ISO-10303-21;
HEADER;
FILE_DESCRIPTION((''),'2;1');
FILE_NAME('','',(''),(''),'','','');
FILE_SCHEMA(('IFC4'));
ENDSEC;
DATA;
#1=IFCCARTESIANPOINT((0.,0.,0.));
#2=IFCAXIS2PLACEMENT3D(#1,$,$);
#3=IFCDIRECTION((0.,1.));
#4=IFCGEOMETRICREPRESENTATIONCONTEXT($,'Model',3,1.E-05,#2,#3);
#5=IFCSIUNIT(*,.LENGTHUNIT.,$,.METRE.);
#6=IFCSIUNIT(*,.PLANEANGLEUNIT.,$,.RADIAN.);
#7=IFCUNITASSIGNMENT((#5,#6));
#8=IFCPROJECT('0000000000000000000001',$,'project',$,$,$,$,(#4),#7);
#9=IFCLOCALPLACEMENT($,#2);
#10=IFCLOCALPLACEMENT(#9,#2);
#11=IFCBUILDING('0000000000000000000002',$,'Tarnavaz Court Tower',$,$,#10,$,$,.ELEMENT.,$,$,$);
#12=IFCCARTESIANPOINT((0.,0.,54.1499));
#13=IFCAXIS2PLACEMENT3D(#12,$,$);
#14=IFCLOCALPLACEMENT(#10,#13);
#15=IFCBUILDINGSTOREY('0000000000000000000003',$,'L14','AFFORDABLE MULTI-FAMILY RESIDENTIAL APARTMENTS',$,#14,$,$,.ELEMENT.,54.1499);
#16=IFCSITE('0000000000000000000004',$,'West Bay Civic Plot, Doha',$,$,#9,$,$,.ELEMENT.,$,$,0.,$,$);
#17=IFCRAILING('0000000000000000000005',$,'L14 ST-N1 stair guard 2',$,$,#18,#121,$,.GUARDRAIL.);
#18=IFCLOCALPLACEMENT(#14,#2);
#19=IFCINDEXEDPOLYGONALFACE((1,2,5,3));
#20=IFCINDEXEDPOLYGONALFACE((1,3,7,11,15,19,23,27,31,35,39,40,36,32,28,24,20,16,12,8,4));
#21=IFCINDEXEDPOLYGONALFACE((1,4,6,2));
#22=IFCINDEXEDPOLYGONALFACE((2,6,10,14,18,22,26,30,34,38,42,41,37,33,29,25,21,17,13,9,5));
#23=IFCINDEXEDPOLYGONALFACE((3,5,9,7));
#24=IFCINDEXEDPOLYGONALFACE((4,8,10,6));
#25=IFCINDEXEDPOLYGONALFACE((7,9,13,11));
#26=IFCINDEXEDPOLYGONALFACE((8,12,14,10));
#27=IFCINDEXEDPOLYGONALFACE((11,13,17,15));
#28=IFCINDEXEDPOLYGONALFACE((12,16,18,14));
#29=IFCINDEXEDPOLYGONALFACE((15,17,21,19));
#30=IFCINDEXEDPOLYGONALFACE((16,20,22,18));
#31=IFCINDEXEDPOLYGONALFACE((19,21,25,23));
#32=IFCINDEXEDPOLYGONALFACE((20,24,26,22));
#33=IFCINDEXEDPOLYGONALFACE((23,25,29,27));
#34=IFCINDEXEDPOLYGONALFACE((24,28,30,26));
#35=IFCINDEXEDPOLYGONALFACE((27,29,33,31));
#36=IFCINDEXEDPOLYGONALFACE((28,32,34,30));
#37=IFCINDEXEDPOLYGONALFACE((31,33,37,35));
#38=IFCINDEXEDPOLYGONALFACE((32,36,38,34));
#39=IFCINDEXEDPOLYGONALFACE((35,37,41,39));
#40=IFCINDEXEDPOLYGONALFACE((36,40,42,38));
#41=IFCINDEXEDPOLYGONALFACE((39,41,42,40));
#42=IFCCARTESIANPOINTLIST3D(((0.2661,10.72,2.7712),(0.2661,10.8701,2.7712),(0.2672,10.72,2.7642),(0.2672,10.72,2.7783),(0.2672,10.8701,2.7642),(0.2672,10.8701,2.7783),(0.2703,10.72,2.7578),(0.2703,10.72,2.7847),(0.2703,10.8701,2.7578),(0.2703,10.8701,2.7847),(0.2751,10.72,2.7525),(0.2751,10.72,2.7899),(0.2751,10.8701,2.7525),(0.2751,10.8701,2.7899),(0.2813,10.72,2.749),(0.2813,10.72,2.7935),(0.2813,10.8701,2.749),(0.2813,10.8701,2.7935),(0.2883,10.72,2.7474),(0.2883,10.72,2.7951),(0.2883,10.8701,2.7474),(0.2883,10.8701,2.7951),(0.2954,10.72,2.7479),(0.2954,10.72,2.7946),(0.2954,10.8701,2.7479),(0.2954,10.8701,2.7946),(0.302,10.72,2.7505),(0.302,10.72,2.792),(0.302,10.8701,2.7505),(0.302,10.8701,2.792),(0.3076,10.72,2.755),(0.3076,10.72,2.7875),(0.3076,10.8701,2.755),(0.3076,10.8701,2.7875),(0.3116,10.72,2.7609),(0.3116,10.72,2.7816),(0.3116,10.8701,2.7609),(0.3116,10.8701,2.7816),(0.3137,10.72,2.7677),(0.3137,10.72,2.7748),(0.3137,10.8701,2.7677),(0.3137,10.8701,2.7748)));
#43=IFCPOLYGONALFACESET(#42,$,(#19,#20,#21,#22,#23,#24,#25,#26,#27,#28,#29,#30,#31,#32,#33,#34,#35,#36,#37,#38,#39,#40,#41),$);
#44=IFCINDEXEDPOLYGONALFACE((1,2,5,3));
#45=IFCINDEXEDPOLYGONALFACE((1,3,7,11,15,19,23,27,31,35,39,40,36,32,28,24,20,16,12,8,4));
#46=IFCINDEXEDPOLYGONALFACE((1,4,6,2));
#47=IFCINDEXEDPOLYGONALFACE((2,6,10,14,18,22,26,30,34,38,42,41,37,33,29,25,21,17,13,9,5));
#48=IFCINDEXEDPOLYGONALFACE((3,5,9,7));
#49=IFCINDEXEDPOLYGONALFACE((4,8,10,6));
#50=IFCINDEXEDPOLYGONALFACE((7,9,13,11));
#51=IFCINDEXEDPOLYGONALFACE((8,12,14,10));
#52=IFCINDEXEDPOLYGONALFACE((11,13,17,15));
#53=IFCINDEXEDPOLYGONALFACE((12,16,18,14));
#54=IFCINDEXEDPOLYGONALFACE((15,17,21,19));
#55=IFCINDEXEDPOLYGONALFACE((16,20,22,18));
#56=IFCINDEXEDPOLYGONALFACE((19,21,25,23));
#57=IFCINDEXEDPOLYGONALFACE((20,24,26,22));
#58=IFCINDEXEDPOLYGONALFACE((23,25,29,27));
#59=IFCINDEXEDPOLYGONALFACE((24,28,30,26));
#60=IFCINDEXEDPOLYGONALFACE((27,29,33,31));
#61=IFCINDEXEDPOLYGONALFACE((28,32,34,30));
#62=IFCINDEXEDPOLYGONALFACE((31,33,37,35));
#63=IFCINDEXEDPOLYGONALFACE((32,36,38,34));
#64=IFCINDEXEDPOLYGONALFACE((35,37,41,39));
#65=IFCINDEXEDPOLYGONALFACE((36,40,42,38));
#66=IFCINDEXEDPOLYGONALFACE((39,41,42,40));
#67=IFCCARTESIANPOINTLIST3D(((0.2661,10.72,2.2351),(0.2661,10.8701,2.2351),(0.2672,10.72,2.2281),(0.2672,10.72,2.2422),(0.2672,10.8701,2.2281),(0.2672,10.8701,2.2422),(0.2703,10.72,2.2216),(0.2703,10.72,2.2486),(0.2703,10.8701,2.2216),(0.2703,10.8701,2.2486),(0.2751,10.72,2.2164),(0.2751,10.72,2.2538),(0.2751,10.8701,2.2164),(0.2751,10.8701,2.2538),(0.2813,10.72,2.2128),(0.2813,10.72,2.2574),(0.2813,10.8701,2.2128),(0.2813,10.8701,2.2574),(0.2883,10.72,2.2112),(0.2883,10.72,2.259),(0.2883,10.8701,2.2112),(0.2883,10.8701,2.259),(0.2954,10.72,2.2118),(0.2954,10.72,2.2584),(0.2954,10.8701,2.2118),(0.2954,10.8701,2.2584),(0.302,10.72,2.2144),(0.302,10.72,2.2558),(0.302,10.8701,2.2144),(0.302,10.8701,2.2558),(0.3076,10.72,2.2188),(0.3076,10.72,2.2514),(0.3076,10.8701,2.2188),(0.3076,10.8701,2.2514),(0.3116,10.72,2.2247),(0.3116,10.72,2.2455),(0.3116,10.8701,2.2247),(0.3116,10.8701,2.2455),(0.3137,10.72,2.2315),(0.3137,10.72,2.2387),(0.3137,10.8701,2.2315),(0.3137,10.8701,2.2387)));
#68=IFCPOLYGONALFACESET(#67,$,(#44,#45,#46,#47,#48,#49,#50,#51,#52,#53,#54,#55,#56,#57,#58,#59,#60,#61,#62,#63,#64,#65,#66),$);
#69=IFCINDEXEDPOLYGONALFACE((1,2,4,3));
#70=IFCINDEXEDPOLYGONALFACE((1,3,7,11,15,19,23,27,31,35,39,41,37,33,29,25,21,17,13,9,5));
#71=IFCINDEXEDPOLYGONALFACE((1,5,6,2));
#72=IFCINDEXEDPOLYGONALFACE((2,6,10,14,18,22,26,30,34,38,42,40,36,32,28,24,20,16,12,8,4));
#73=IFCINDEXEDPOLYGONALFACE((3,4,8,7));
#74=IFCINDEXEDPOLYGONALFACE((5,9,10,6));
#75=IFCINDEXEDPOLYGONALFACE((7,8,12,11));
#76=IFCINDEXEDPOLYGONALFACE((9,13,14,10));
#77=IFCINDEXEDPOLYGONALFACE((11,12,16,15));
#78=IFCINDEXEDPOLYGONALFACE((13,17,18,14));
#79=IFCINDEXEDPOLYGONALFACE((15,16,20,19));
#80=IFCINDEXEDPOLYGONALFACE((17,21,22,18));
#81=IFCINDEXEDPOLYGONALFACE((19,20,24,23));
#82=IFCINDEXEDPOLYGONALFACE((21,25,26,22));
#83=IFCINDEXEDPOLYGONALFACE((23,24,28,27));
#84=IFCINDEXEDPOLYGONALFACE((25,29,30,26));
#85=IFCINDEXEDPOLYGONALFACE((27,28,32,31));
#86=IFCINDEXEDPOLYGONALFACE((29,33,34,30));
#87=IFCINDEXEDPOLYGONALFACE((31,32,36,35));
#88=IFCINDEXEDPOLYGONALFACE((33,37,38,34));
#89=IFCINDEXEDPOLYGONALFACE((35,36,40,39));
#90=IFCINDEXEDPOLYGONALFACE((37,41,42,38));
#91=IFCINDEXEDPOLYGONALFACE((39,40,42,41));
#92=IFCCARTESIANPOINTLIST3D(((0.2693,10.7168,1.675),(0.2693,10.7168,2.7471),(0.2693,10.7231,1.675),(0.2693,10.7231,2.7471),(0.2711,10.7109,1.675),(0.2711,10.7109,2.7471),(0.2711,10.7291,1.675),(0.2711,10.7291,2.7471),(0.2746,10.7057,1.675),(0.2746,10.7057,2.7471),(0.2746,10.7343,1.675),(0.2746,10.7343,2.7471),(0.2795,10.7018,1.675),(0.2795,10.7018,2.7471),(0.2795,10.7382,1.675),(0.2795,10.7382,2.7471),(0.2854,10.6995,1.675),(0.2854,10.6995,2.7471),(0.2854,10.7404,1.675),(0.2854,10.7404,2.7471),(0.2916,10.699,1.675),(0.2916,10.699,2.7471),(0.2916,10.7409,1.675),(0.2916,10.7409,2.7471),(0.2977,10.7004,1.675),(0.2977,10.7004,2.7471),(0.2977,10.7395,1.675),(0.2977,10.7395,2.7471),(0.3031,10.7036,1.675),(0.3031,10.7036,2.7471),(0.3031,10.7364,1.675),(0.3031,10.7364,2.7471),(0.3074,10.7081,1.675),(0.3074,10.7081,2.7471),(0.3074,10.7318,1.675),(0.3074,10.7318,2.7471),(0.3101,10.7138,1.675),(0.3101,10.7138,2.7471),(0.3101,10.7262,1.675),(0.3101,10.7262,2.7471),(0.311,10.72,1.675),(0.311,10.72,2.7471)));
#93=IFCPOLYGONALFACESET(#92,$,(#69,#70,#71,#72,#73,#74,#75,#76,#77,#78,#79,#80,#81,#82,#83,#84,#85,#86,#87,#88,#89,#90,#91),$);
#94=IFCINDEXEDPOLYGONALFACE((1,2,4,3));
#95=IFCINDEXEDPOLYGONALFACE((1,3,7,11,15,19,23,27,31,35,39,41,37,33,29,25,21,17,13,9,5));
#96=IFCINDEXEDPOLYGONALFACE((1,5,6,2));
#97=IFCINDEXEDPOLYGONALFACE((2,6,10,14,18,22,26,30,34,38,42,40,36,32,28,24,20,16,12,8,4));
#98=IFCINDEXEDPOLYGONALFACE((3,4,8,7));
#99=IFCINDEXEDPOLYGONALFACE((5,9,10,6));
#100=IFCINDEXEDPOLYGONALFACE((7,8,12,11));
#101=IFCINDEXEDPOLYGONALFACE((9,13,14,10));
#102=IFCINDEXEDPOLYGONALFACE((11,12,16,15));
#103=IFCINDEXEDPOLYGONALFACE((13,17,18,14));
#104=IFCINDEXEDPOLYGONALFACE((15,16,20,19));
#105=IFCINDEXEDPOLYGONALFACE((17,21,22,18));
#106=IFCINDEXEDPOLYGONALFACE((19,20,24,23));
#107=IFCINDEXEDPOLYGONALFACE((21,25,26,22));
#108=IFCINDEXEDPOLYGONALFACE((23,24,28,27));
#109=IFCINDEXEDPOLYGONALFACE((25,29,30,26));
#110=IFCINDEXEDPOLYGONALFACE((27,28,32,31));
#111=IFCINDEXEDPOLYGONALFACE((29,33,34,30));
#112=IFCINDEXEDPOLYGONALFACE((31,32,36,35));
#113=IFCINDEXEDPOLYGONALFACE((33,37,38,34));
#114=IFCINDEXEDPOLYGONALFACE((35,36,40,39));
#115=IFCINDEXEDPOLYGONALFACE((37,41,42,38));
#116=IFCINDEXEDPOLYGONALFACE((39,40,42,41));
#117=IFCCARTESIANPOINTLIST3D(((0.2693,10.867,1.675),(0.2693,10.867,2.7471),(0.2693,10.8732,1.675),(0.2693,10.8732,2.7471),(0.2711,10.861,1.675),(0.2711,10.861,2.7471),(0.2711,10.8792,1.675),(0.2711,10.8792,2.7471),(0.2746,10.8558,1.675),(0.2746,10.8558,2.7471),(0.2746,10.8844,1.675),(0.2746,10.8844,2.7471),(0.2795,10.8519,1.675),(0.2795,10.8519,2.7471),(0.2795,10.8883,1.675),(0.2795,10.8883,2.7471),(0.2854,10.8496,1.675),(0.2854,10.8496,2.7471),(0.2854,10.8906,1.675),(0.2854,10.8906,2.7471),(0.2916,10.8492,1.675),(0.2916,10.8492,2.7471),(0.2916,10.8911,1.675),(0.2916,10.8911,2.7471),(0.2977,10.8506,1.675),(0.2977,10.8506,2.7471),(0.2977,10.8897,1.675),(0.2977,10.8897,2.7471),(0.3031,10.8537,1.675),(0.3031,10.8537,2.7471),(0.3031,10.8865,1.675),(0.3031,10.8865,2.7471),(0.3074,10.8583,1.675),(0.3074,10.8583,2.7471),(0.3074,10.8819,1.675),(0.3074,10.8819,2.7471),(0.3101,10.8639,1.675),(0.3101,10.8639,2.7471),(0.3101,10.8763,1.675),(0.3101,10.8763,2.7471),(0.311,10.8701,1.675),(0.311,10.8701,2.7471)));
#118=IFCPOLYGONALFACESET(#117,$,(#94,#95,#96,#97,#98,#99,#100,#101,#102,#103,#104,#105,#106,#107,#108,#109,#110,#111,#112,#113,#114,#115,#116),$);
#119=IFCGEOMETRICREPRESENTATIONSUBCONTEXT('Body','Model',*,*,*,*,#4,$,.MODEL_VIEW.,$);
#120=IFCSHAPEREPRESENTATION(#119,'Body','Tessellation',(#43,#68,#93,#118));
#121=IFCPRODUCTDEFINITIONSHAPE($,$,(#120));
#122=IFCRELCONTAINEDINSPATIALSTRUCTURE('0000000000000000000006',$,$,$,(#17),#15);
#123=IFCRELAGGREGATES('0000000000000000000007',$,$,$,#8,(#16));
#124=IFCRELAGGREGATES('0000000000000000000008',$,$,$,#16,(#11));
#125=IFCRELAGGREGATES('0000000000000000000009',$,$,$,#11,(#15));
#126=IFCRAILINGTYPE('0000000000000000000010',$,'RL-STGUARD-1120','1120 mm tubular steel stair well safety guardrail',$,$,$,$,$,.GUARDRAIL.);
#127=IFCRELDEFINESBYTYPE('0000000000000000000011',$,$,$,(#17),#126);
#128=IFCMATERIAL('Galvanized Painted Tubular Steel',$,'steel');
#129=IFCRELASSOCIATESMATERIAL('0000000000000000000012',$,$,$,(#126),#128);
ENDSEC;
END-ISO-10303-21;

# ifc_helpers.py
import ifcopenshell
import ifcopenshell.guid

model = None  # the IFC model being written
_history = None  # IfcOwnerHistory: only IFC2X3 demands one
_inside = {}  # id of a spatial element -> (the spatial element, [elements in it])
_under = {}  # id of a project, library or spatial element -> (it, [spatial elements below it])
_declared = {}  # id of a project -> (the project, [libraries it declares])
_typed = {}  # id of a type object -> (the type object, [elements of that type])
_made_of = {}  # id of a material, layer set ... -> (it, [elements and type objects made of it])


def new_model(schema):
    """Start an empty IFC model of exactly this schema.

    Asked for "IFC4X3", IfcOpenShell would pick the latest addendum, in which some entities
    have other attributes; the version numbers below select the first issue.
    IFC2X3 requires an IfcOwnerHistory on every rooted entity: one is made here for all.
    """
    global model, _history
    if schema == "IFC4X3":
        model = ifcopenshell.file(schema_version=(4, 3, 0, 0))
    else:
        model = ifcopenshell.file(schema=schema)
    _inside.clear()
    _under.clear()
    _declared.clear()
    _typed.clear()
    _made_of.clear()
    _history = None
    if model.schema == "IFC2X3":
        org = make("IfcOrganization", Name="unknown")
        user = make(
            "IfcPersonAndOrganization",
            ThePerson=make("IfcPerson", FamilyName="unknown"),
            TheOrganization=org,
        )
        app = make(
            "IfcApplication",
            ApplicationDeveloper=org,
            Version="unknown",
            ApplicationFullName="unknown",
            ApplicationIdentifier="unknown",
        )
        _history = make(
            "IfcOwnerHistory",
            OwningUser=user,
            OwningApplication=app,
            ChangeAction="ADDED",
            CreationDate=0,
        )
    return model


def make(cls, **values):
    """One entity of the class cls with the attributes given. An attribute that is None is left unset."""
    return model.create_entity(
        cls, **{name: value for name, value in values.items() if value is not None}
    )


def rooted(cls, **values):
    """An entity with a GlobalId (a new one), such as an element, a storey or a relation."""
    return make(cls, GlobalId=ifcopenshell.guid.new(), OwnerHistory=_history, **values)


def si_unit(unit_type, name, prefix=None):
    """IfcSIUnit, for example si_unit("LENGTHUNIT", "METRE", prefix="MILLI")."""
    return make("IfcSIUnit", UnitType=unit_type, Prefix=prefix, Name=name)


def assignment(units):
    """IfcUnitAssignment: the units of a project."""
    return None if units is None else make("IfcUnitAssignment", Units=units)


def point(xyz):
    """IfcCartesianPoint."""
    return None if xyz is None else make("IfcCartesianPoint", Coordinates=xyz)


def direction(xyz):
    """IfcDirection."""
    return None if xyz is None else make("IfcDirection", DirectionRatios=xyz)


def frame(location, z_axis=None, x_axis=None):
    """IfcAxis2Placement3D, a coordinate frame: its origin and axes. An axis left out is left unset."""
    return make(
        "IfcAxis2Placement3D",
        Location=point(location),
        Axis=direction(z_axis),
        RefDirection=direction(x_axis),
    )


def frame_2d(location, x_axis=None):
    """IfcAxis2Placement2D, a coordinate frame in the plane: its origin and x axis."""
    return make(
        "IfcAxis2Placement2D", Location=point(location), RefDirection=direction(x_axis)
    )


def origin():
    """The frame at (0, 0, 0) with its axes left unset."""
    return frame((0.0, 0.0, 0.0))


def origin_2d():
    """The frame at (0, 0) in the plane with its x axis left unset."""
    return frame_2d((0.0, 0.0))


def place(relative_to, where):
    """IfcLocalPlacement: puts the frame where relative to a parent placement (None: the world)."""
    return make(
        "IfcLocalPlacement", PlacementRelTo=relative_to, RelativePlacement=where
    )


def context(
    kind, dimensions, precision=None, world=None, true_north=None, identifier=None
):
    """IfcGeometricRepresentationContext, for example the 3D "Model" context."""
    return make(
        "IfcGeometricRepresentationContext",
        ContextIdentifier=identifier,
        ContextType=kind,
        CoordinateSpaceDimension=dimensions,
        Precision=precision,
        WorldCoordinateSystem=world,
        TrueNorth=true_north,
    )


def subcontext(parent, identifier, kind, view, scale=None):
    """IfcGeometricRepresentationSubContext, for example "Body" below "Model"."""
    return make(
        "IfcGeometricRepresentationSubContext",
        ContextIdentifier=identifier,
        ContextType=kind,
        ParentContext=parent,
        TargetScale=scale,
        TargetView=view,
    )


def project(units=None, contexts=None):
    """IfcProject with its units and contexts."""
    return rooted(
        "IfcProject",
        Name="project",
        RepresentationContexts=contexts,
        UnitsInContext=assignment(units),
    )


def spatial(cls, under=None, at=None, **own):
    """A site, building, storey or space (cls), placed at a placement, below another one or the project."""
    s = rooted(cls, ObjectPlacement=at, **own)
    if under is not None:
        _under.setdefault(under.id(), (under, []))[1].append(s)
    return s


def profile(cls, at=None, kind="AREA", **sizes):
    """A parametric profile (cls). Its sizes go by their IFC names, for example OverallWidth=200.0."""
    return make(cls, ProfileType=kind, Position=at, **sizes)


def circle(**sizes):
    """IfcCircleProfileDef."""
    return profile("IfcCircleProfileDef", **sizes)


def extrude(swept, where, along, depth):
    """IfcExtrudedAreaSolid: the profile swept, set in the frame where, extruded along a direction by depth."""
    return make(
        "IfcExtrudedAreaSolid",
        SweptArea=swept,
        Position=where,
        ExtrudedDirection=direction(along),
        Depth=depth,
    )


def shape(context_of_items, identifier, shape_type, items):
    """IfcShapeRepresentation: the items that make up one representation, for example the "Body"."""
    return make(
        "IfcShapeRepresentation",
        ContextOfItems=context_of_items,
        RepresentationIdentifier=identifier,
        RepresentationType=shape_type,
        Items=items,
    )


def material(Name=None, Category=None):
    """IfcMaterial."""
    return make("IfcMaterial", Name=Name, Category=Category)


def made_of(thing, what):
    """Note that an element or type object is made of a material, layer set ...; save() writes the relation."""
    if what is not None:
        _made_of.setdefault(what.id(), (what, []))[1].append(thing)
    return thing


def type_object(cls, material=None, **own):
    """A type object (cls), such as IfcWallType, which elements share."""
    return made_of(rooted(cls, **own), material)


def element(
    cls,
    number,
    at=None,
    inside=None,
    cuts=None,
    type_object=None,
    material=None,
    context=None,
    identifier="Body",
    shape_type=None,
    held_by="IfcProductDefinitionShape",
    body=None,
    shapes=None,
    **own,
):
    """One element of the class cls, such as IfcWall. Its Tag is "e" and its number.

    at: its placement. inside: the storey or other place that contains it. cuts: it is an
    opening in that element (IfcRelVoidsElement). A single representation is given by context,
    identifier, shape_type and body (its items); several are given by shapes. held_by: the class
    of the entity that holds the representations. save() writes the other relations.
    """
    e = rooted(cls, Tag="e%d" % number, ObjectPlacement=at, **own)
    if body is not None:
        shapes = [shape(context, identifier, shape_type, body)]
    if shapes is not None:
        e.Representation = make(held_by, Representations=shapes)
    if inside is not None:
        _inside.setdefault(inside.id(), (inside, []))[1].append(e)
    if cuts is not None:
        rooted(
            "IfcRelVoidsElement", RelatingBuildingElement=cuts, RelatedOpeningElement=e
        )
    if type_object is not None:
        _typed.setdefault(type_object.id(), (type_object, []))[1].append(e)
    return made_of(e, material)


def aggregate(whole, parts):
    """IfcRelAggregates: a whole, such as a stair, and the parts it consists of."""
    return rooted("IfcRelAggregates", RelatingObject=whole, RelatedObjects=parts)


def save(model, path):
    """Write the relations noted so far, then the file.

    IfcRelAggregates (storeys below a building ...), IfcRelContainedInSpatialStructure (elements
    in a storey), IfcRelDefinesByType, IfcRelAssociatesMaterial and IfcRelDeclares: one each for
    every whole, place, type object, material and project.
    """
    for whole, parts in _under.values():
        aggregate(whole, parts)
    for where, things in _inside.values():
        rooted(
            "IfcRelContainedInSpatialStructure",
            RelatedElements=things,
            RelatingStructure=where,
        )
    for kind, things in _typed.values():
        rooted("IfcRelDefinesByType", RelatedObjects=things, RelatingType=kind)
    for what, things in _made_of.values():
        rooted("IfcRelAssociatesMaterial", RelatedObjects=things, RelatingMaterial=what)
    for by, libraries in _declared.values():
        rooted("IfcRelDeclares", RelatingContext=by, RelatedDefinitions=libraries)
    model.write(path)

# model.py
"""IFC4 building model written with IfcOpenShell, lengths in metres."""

from ifc_helpers import new_model, si_unit, direction, frame, origin, origin_2d, place, context, subcontext, project, spatial, circle, extrude, material, type_object, element, save


model = new_model("IFC4")

# Units and contexts
model_context = context("Model", 3, precision=1e-05, world=origin(), true_north=direction((0.0, 1.0)))
body_context = subcontext(model_context, "Body", "Model", "MODEL_VIEW")
ifc_project = project(units=[si_unit("LENGTHUNIT", "METRE"), si_unit("PLANEANGLEUNIT", "RADIAN")], contexts=[model_context])

# Site, building, storey
site_placement = place(None, origin())
site = spatial("IfcSite", under=ifc_project, at=site_placement, Name="West Bay Civic Plot, Doha", CompositionType="ELEMENT", RefElevation=0.0)
building_placement = place(site_placement, origin())
building = spatial("IfcBuilding", under=site, at=building_placement, Name="Tarnavaz Court Tower", CompositionType="ELEMENT")
storey_placement = place(building_placement, frame((0.0, 0.0, 54.1499)))
storey = spatial("IfcBuildingStorey", under=building, at=storey_placement, Name="L14", Description="AFFORDABLE MULTI-FAMILY RESIDENTIAL APARTMENTS", CompositionType="ELEMENT", Elevation=54.1499)

# Railing
ifc_material_1 = material(Name="Galvanized Painted Tubular Steel", Category="steel")
railing_type_1 = type_object("IfcRailingType", Name="RL-STGUARD-1120", Description="1120 mm tubular steel stair well safety guardrail", PredefinedType="GUARDRAIL", material=ifc_material_1)
railing_1_placement = place(storey_placement, frame((0.29, 10.72, 1.675)))
element("IfcRailing", 1, at=railing_1_placement, inside=storey, type_object=railing_type_1, Name="L14 ST-N1 stair guard 2", PredefinedType="GUARDRAIL", context=body_context, shape_type="SweptSolid", body=[
    extrude(circle(Radius=0.0239, at=origin_2d()), frame((0.0, 0.0, 1.0962), z_axis=(0.0, 1.0, 0.0), x_axis=(-1.0, 0.0, 0.0)), (0.0, 0.0, 1.0), 0.1501),
    extrude(circle(Radius=0.0239, at=origin_2d()), frame((0.0, 0.0, 0.5601), z_axis=(0.0, 1.0, 0.0), x_axis=(-1.0, 0.0, 0.0)), (0.0, 0.0, 1.0), 0.1501),
    extrude(circle(Radius=0.021, at=origin_2d()), origin(), (0.0, 0.0, 1.0), 1.072),
    extrude(circle(Radius=0.021, at=origin_2d()), frame((0.0, 0.1501, 0.0)), (0.0, 0.0, 1.0), 1.072),
])

save(model, "model.ifc")
